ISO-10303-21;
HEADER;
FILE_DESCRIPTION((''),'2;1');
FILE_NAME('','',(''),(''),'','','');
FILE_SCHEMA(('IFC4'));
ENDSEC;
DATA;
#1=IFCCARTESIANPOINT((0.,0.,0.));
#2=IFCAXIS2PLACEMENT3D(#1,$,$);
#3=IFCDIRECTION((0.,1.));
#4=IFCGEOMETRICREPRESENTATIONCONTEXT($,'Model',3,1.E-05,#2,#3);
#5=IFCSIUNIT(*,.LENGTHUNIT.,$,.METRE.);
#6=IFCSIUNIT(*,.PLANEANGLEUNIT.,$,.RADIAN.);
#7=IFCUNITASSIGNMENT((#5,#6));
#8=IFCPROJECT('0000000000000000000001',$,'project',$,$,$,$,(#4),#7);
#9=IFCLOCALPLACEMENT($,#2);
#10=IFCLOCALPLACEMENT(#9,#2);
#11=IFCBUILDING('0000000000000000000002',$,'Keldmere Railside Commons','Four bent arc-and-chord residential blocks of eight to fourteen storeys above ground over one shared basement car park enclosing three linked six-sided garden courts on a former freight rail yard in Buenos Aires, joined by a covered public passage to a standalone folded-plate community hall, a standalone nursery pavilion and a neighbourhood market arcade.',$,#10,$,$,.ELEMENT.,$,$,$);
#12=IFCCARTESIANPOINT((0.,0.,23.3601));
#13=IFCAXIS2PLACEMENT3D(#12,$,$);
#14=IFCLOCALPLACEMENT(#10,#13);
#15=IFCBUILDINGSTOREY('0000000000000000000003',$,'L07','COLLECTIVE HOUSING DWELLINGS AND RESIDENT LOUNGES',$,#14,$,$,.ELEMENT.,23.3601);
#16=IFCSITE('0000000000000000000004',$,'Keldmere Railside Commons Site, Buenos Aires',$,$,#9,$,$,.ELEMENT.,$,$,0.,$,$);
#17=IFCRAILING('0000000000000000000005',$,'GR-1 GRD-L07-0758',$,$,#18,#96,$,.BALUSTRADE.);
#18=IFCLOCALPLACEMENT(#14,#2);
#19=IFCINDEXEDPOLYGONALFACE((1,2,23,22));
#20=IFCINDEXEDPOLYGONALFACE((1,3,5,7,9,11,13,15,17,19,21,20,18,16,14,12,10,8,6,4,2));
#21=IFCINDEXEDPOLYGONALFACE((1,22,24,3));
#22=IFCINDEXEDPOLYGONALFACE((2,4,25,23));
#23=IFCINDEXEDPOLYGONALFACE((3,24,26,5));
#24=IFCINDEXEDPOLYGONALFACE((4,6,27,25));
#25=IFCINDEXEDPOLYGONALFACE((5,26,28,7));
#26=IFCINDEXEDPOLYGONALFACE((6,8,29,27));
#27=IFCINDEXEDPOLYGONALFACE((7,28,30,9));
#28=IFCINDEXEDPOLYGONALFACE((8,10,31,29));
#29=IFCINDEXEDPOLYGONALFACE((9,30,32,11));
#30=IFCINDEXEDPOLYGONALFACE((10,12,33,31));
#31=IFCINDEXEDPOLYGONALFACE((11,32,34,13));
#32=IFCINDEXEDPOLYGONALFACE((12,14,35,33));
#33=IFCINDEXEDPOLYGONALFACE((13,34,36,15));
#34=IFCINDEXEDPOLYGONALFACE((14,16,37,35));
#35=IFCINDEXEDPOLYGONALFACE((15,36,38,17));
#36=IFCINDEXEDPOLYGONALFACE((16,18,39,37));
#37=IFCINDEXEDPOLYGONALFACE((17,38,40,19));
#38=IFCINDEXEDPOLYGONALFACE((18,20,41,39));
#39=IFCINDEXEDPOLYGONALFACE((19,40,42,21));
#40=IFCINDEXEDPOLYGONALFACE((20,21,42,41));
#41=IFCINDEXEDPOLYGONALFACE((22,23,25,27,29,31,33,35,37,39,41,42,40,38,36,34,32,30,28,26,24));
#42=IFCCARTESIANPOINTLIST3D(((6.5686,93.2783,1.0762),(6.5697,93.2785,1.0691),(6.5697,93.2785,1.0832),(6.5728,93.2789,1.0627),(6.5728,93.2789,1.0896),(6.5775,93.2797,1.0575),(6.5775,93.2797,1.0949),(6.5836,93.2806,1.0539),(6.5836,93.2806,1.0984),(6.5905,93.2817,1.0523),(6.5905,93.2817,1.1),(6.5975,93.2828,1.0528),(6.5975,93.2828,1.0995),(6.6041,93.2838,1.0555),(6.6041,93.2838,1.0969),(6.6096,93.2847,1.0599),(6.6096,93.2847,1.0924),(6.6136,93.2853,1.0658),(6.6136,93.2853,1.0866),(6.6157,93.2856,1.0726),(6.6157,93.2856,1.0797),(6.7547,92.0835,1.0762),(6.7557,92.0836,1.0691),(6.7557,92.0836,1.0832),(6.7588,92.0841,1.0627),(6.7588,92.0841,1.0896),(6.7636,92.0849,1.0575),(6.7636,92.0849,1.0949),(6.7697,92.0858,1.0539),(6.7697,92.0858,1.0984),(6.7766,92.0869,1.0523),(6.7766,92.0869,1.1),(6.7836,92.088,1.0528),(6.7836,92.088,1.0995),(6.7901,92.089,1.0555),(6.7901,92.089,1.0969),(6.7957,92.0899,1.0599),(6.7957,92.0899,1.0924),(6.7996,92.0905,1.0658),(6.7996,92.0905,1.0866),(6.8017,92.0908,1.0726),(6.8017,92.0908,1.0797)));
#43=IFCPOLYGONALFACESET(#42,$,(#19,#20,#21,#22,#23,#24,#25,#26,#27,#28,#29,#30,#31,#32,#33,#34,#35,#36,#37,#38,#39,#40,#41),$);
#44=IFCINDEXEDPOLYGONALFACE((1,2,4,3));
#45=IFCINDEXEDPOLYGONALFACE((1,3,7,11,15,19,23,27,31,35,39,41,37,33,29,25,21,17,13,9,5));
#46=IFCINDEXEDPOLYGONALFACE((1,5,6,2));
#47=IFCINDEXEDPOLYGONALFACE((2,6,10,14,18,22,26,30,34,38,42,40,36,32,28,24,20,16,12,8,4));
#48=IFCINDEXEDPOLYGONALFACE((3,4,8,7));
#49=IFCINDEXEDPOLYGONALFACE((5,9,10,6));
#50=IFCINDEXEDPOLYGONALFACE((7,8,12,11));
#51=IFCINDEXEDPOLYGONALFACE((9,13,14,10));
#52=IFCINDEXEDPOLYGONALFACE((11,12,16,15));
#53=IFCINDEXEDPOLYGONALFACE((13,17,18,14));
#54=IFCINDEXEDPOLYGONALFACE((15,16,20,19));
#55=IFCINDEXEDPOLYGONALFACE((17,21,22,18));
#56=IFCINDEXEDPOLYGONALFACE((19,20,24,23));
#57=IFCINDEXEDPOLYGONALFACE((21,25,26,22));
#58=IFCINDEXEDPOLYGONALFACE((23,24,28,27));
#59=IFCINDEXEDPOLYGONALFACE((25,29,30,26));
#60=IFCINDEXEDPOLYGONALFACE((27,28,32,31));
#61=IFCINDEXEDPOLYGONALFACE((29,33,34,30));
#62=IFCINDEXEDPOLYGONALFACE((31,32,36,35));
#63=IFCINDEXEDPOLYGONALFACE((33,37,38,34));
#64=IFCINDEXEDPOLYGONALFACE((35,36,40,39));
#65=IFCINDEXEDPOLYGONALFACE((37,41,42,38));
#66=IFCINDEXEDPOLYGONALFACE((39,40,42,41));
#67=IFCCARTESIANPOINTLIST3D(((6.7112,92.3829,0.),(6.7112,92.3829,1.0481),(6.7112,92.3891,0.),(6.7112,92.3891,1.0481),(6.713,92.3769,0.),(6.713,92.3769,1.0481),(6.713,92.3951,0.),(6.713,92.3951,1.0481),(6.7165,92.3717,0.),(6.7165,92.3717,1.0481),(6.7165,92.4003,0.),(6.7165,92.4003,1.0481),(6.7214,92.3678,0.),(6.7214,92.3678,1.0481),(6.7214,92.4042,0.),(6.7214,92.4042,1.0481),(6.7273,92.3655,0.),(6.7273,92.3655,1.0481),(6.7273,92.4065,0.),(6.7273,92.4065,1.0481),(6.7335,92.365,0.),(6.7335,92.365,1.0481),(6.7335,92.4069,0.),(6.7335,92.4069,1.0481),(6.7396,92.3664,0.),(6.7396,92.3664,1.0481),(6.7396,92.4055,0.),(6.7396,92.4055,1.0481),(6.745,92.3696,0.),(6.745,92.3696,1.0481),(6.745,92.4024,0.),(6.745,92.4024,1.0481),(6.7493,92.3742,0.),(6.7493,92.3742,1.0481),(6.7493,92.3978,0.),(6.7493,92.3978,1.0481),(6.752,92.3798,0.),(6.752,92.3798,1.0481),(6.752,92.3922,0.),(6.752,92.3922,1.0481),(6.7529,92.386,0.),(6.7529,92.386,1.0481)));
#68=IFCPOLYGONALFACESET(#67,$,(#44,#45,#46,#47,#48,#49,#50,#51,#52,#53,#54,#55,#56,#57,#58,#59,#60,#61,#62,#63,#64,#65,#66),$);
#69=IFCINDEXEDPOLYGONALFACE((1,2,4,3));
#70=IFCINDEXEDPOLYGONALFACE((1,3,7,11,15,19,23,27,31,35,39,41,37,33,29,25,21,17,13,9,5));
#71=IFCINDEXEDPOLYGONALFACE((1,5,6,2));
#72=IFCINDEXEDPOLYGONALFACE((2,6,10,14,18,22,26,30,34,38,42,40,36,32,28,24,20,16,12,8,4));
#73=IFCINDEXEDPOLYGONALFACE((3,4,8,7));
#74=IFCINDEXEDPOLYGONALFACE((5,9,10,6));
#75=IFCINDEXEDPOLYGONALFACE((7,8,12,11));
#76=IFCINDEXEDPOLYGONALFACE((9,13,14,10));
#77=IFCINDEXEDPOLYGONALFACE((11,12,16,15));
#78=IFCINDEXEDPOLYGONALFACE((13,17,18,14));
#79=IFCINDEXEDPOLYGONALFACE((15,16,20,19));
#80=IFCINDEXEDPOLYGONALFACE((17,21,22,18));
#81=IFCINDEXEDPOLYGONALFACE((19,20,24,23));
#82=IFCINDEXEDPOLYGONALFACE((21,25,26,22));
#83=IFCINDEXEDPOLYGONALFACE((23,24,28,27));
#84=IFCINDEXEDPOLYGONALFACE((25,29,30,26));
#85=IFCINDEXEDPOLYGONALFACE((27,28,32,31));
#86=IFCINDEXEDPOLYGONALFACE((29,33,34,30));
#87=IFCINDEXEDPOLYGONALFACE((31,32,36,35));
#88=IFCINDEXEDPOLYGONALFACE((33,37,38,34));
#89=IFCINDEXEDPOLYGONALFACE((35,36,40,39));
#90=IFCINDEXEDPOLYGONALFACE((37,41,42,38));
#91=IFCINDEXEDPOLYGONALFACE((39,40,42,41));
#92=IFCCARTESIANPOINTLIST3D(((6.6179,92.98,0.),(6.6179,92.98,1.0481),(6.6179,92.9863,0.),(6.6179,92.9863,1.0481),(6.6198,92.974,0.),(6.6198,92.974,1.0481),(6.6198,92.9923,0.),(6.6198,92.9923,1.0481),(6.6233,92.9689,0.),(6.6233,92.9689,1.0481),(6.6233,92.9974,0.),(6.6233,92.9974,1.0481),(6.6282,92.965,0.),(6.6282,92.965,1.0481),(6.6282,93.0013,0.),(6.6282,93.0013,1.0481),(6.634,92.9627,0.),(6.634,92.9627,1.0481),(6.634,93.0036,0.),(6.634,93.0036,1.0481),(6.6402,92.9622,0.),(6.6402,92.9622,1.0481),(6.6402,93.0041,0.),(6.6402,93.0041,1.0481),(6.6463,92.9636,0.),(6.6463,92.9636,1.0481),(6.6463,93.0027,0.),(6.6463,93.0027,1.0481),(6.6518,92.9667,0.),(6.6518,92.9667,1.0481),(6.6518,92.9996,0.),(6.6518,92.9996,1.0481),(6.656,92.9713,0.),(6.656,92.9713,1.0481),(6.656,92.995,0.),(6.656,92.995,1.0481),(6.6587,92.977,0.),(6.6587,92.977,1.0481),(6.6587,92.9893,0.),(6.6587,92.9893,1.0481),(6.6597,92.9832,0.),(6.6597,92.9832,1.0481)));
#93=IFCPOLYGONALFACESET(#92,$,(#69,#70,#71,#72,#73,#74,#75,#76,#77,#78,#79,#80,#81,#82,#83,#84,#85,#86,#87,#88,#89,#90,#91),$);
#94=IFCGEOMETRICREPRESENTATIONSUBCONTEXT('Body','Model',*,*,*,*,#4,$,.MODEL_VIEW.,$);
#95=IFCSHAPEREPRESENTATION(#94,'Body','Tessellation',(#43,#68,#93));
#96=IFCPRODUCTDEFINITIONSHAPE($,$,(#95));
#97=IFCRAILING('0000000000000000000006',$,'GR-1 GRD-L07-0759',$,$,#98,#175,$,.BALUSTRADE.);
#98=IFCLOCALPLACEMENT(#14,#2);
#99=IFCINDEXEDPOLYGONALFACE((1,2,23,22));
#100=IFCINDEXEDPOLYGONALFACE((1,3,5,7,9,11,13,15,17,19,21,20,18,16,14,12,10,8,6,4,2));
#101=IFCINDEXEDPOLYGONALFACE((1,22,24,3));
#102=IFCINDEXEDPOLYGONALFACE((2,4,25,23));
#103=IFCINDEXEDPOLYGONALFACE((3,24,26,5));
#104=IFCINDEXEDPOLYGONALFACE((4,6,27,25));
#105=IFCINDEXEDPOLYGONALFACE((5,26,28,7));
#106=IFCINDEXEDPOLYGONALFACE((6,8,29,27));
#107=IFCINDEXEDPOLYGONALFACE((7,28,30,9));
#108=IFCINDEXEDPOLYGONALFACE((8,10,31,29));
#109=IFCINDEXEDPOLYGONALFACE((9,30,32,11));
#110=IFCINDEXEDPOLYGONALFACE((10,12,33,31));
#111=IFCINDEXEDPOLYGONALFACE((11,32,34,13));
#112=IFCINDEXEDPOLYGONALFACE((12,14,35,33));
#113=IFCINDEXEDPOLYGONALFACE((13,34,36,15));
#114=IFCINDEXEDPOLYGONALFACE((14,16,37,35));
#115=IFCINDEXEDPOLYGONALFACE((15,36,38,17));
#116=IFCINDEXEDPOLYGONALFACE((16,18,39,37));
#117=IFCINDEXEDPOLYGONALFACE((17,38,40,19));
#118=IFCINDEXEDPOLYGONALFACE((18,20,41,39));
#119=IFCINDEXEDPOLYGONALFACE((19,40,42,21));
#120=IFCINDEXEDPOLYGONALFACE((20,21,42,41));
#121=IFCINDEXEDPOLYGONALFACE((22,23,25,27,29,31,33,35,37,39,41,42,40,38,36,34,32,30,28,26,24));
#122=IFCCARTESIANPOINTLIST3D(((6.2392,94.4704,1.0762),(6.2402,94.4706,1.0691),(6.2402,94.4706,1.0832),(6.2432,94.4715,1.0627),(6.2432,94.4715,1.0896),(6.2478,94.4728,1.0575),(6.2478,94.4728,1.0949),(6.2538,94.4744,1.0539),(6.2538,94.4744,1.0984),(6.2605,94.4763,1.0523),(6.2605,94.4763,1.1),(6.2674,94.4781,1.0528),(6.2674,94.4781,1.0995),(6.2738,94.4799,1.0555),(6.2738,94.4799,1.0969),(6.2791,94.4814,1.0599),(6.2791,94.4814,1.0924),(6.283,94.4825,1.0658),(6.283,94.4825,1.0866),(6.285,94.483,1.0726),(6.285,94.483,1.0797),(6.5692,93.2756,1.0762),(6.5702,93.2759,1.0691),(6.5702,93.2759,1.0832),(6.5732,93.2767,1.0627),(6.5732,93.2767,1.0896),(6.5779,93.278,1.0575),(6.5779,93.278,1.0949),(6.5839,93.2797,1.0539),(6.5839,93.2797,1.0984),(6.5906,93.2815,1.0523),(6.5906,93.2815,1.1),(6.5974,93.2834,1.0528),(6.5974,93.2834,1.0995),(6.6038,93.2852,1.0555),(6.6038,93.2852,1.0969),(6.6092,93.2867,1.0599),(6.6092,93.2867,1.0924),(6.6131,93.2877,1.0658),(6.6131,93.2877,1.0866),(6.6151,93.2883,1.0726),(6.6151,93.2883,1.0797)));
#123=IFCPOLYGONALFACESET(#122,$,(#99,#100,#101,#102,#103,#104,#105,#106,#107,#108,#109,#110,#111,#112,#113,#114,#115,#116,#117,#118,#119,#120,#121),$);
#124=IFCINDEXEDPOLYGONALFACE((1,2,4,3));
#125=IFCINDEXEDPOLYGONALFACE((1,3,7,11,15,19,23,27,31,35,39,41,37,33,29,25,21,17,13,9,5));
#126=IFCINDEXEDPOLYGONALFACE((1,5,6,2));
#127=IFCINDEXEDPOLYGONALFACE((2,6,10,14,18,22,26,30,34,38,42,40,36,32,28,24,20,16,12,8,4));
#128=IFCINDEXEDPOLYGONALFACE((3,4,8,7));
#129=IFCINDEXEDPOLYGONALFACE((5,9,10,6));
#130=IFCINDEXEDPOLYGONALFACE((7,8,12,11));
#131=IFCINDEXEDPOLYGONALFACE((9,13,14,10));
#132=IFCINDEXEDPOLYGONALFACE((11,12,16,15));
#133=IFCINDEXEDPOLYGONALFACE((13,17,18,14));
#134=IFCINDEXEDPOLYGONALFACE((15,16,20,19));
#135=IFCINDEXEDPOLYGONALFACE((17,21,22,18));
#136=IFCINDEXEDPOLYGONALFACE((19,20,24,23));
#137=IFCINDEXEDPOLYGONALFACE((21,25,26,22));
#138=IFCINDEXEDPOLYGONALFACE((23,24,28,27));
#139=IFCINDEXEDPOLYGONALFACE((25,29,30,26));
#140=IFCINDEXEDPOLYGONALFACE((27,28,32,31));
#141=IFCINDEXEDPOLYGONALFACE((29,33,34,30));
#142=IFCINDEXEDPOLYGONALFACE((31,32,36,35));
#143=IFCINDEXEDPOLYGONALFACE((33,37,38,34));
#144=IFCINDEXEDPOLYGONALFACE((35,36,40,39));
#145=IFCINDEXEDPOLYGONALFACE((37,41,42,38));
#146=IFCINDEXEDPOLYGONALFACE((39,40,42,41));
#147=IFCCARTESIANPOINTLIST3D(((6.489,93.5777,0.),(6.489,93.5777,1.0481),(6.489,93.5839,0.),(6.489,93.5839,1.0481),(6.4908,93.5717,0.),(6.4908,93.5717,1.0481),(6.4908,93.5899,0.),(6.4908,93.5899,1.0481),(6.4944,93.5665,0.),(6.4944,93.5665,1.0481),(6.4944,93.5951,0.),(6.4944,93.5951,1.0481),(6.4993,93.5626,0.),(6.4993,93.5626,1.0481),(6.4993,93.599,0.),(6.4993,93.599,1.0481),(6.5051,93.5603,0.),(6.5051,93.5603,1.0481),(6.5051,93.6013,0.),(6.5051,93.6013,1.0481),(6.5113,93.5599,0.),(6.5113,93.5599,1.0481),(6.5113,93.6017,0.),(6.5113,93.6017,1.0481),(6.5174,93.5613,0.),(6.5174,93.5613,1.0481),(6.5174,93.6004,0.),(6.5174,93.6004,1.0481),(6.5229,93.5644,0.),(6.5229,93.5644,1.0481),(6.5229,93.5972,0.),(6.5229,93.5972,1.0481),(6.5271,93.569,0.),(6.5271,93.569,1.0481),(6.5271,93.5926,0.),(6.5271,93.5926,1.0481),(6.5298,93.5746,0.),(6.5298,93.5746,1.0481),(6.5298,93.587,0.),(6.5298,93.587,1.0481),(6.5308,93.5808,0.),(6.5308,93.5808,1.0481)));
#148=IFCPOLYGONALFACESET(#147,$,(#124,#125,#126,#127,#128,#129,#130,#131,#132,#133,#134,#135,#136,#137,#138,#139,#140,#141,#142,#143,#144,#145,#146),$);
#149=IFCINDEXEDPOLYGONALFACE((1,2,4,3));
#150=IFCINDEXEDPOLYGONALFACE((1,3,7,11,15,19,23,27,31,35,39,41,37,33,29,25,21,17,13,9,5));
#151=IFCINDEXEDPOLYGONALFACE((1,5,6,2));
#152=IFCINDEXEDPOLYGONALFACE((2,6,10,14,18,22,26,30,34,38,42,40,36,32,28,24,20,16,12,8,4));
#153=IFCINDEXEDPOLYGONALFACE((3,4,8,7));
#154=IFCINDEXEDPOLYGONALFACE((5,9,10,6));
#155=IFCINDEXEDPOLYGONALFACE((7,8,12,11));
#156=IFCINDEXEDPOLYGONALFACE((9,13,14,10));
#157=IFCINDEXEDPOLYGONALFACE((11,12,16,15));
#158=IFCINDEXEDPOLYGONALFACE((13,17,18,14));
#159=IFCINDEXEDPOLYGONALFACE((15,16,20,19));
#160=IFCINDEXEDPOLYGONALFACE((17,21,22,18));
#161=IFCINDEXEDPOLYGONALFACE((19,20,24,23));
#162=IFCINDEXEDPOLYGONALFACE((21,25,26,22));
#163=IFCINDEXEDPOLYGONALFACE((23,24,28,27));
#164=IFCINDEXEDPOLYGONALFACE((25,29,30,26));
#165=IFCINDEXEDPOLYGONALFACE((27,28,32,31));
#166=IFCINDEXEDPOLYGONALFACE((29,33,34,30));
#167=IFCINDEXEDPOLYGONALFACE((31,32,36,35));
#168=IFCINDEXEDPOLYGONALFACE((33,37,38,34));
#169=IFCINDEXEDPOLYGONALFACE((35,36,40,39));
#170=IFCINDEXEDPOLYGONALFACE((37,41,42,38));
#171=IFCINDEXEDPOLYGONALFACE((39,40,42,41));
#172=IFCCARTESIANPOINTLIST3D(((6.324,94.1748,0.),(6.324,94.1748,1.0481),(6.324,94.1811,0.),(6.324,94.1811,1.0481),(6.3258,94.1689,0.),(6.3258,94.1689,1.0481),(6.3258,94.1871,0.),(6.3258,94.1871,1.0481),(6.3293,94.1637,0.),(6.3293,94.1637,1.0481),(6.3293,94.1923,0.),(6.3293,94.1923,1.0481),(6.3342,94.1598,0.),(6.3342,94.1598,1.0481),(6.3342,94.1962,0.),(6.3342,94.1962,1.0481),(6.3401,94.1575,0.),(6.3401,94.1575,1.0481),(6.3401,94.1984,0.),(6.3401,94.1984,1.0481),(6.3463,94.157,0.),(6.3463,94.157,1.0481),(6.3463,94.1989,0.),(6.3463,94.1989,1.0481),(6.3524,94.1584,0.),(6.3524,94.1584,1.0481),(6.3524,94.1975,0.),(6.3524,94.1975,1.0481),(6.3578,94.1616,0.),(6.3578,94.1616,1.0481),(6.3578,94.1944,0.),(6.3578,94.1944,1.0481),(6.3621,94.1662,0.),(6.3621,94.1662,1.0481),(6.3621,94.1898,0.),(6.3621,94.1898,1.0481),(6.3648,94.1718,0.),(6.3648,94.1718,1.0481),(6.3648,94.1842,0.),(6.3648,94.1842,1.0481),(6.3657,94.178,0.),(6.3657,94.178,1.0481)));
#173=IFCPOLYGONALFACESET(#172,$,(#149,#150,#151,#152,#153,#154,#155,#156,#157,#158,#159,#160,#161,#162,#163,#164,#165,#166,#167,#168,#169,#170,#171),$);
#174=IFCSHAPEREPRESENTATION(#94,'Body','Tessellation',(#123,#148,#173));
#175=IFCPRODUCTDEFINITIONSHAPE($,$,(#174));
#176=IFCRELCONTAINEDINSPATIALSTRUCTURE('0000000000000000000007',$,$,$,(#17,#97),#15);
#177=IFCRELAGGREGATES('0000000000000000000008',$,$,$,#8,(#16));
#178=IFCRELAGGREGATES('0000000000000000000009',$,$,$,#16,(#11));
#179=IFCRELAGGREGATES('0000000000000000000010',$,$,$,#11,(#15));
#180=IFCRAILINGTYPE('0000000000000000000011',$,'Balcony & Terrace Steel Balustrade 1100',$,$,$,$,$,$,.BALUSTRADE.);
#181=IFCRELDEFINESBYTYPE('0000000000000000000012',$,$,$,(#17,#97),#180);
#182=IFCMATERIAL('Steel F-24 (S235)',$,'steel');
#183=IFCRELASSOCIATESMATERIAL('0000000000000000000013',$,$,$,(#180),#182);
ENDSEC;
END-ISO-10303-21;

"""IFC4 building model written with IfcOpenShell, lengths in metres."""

from ifc_helpers import new_model, si_unit, direction, frame, origin, origin_2d, place, context, subcontext, project, spatial, circle, extrude, material, type_object, element, save


model = new_model("IFC4")

# Units and contexts
model_context = context("Model", 3, precision=1e-05, world=origin(), true_north=direction((0.0, 1.0)))
body_context = subcontext(model_context, "Body", "Model", "MODEL_VIEW")
ifc_project = project(units=[si_unit("LENGTHUNIT", "METRE"), si_unit("PLANEANGLEUNIT", "RADIAN")], contexts=[model_context])

# Site, building, storey
site_placement = place(None, origin())
site = spatial("IfcSite", under=ifc_project, at=site_placement, Name="Keldmere Railside Commons Site, Buenos Aires", CompositionType="ELEMENT", RefElevation=0.0)
building_placement = place(site_placement, origin())
building = spatial("IfcBuilding", under=site, at=building_placement, Name="Keldmere Railside Commons", Description="Four bent arc-and-chord residential blocks of eight to fourteen storeys above ground over one shared basement car park enclosing three linked six-sided garden courts on a former freight rail yard in Buenos Aires, joined by a covered public passage to a standalone folded-plate community hall, a standalone nursery pavilion and a neighbourhood market arcade.", CompositionType="ELEMENT")
storey_placement = place(building_placement, frame((0.0, 0.0, 23.3601)))
storey = spatial("IfcBuildingStorey", under=building, at=storey_placement, Name="L07", Description="COLLECTIVE HOUSING DWELLINGS AND RESIDENT LOUNGES", CompositionType="ELEMENT", Elevation=23.3601)

# Railings
ifc_material_1 = material(Name="Steel F-24 (S235)", Category="steel")
railing_type = type_object("IfcRailingType", Name="Balcony & Terrace Steel Balustrade 1100", PredefinedType="BALUSTRADE", material=ifc_material_1)
railing_1_placement = place(storey_placement, frame((6.7783, 92.0872, 0.0)))
element("IfcRailing", 1, at=railing_1_placement, inside=storey, type_object=railing_type, Name="GR-1 GRD-L07-0758", PredefinedType="BALUSTRADE", context=body_context, shape_type="SweptSolid", body=[
    extrude(circle(Radius=0.0239, at=origin_2d()), frame((0.0, 0.0, 1.0762), z_axis=(-0.153847, 0.988095, 0.0), x_axis=(-0.988095, -0.153847, 0.0)), (0.0, 0.0, 1.0), 1.2092),
    extrude(circle(Radius=0.021, at=origin_2d()), frame((-0.0464, 0.2988, 0.0)), (0.0, 0.0, 1.0), 1.0481),
    extrude(circle(Radius=0.021, at=origin_2d()), frame((-0.1396, 0.896, 0.0)), (0.0, 0.0, 1.0), 1.0481),
])
railing_2_placement = place(storey_placement, frame((6.5923, 93.282, 0.0)))
element("IfcRailing", 2, at=railing_2_placement, inside=storey, type_object=railing_type, Name="GR-1 GRD-L07-0759", PredefinedType="BALUSTRADE", context=body_context, shape_type="SweptSolid", body=[
    extrude(circle(Radius=0.0239, at=origin_2d()), frame((0.0, 0.0, 1.0762), z_axis=(-0.266282, 0.963895, 0.0), x_axis=(-0.963895, -0.266282, 0.0)), (0.0, 0.0, 1.0), 1.2395),
    extrude(circle(Radius=0.021, at=origin_2d()), frame((-0.0825, 0.2988, 0.0)), (0.0, 0.0, 1.0), 1.0481),
    extrude(circle(Radius=0.021, at=origin_2d()), frame((-0.2476, 0.896, 0.0)), (0.0, 0.0, 1.0), 1.0481),
])

save(model, "model.ifc")
